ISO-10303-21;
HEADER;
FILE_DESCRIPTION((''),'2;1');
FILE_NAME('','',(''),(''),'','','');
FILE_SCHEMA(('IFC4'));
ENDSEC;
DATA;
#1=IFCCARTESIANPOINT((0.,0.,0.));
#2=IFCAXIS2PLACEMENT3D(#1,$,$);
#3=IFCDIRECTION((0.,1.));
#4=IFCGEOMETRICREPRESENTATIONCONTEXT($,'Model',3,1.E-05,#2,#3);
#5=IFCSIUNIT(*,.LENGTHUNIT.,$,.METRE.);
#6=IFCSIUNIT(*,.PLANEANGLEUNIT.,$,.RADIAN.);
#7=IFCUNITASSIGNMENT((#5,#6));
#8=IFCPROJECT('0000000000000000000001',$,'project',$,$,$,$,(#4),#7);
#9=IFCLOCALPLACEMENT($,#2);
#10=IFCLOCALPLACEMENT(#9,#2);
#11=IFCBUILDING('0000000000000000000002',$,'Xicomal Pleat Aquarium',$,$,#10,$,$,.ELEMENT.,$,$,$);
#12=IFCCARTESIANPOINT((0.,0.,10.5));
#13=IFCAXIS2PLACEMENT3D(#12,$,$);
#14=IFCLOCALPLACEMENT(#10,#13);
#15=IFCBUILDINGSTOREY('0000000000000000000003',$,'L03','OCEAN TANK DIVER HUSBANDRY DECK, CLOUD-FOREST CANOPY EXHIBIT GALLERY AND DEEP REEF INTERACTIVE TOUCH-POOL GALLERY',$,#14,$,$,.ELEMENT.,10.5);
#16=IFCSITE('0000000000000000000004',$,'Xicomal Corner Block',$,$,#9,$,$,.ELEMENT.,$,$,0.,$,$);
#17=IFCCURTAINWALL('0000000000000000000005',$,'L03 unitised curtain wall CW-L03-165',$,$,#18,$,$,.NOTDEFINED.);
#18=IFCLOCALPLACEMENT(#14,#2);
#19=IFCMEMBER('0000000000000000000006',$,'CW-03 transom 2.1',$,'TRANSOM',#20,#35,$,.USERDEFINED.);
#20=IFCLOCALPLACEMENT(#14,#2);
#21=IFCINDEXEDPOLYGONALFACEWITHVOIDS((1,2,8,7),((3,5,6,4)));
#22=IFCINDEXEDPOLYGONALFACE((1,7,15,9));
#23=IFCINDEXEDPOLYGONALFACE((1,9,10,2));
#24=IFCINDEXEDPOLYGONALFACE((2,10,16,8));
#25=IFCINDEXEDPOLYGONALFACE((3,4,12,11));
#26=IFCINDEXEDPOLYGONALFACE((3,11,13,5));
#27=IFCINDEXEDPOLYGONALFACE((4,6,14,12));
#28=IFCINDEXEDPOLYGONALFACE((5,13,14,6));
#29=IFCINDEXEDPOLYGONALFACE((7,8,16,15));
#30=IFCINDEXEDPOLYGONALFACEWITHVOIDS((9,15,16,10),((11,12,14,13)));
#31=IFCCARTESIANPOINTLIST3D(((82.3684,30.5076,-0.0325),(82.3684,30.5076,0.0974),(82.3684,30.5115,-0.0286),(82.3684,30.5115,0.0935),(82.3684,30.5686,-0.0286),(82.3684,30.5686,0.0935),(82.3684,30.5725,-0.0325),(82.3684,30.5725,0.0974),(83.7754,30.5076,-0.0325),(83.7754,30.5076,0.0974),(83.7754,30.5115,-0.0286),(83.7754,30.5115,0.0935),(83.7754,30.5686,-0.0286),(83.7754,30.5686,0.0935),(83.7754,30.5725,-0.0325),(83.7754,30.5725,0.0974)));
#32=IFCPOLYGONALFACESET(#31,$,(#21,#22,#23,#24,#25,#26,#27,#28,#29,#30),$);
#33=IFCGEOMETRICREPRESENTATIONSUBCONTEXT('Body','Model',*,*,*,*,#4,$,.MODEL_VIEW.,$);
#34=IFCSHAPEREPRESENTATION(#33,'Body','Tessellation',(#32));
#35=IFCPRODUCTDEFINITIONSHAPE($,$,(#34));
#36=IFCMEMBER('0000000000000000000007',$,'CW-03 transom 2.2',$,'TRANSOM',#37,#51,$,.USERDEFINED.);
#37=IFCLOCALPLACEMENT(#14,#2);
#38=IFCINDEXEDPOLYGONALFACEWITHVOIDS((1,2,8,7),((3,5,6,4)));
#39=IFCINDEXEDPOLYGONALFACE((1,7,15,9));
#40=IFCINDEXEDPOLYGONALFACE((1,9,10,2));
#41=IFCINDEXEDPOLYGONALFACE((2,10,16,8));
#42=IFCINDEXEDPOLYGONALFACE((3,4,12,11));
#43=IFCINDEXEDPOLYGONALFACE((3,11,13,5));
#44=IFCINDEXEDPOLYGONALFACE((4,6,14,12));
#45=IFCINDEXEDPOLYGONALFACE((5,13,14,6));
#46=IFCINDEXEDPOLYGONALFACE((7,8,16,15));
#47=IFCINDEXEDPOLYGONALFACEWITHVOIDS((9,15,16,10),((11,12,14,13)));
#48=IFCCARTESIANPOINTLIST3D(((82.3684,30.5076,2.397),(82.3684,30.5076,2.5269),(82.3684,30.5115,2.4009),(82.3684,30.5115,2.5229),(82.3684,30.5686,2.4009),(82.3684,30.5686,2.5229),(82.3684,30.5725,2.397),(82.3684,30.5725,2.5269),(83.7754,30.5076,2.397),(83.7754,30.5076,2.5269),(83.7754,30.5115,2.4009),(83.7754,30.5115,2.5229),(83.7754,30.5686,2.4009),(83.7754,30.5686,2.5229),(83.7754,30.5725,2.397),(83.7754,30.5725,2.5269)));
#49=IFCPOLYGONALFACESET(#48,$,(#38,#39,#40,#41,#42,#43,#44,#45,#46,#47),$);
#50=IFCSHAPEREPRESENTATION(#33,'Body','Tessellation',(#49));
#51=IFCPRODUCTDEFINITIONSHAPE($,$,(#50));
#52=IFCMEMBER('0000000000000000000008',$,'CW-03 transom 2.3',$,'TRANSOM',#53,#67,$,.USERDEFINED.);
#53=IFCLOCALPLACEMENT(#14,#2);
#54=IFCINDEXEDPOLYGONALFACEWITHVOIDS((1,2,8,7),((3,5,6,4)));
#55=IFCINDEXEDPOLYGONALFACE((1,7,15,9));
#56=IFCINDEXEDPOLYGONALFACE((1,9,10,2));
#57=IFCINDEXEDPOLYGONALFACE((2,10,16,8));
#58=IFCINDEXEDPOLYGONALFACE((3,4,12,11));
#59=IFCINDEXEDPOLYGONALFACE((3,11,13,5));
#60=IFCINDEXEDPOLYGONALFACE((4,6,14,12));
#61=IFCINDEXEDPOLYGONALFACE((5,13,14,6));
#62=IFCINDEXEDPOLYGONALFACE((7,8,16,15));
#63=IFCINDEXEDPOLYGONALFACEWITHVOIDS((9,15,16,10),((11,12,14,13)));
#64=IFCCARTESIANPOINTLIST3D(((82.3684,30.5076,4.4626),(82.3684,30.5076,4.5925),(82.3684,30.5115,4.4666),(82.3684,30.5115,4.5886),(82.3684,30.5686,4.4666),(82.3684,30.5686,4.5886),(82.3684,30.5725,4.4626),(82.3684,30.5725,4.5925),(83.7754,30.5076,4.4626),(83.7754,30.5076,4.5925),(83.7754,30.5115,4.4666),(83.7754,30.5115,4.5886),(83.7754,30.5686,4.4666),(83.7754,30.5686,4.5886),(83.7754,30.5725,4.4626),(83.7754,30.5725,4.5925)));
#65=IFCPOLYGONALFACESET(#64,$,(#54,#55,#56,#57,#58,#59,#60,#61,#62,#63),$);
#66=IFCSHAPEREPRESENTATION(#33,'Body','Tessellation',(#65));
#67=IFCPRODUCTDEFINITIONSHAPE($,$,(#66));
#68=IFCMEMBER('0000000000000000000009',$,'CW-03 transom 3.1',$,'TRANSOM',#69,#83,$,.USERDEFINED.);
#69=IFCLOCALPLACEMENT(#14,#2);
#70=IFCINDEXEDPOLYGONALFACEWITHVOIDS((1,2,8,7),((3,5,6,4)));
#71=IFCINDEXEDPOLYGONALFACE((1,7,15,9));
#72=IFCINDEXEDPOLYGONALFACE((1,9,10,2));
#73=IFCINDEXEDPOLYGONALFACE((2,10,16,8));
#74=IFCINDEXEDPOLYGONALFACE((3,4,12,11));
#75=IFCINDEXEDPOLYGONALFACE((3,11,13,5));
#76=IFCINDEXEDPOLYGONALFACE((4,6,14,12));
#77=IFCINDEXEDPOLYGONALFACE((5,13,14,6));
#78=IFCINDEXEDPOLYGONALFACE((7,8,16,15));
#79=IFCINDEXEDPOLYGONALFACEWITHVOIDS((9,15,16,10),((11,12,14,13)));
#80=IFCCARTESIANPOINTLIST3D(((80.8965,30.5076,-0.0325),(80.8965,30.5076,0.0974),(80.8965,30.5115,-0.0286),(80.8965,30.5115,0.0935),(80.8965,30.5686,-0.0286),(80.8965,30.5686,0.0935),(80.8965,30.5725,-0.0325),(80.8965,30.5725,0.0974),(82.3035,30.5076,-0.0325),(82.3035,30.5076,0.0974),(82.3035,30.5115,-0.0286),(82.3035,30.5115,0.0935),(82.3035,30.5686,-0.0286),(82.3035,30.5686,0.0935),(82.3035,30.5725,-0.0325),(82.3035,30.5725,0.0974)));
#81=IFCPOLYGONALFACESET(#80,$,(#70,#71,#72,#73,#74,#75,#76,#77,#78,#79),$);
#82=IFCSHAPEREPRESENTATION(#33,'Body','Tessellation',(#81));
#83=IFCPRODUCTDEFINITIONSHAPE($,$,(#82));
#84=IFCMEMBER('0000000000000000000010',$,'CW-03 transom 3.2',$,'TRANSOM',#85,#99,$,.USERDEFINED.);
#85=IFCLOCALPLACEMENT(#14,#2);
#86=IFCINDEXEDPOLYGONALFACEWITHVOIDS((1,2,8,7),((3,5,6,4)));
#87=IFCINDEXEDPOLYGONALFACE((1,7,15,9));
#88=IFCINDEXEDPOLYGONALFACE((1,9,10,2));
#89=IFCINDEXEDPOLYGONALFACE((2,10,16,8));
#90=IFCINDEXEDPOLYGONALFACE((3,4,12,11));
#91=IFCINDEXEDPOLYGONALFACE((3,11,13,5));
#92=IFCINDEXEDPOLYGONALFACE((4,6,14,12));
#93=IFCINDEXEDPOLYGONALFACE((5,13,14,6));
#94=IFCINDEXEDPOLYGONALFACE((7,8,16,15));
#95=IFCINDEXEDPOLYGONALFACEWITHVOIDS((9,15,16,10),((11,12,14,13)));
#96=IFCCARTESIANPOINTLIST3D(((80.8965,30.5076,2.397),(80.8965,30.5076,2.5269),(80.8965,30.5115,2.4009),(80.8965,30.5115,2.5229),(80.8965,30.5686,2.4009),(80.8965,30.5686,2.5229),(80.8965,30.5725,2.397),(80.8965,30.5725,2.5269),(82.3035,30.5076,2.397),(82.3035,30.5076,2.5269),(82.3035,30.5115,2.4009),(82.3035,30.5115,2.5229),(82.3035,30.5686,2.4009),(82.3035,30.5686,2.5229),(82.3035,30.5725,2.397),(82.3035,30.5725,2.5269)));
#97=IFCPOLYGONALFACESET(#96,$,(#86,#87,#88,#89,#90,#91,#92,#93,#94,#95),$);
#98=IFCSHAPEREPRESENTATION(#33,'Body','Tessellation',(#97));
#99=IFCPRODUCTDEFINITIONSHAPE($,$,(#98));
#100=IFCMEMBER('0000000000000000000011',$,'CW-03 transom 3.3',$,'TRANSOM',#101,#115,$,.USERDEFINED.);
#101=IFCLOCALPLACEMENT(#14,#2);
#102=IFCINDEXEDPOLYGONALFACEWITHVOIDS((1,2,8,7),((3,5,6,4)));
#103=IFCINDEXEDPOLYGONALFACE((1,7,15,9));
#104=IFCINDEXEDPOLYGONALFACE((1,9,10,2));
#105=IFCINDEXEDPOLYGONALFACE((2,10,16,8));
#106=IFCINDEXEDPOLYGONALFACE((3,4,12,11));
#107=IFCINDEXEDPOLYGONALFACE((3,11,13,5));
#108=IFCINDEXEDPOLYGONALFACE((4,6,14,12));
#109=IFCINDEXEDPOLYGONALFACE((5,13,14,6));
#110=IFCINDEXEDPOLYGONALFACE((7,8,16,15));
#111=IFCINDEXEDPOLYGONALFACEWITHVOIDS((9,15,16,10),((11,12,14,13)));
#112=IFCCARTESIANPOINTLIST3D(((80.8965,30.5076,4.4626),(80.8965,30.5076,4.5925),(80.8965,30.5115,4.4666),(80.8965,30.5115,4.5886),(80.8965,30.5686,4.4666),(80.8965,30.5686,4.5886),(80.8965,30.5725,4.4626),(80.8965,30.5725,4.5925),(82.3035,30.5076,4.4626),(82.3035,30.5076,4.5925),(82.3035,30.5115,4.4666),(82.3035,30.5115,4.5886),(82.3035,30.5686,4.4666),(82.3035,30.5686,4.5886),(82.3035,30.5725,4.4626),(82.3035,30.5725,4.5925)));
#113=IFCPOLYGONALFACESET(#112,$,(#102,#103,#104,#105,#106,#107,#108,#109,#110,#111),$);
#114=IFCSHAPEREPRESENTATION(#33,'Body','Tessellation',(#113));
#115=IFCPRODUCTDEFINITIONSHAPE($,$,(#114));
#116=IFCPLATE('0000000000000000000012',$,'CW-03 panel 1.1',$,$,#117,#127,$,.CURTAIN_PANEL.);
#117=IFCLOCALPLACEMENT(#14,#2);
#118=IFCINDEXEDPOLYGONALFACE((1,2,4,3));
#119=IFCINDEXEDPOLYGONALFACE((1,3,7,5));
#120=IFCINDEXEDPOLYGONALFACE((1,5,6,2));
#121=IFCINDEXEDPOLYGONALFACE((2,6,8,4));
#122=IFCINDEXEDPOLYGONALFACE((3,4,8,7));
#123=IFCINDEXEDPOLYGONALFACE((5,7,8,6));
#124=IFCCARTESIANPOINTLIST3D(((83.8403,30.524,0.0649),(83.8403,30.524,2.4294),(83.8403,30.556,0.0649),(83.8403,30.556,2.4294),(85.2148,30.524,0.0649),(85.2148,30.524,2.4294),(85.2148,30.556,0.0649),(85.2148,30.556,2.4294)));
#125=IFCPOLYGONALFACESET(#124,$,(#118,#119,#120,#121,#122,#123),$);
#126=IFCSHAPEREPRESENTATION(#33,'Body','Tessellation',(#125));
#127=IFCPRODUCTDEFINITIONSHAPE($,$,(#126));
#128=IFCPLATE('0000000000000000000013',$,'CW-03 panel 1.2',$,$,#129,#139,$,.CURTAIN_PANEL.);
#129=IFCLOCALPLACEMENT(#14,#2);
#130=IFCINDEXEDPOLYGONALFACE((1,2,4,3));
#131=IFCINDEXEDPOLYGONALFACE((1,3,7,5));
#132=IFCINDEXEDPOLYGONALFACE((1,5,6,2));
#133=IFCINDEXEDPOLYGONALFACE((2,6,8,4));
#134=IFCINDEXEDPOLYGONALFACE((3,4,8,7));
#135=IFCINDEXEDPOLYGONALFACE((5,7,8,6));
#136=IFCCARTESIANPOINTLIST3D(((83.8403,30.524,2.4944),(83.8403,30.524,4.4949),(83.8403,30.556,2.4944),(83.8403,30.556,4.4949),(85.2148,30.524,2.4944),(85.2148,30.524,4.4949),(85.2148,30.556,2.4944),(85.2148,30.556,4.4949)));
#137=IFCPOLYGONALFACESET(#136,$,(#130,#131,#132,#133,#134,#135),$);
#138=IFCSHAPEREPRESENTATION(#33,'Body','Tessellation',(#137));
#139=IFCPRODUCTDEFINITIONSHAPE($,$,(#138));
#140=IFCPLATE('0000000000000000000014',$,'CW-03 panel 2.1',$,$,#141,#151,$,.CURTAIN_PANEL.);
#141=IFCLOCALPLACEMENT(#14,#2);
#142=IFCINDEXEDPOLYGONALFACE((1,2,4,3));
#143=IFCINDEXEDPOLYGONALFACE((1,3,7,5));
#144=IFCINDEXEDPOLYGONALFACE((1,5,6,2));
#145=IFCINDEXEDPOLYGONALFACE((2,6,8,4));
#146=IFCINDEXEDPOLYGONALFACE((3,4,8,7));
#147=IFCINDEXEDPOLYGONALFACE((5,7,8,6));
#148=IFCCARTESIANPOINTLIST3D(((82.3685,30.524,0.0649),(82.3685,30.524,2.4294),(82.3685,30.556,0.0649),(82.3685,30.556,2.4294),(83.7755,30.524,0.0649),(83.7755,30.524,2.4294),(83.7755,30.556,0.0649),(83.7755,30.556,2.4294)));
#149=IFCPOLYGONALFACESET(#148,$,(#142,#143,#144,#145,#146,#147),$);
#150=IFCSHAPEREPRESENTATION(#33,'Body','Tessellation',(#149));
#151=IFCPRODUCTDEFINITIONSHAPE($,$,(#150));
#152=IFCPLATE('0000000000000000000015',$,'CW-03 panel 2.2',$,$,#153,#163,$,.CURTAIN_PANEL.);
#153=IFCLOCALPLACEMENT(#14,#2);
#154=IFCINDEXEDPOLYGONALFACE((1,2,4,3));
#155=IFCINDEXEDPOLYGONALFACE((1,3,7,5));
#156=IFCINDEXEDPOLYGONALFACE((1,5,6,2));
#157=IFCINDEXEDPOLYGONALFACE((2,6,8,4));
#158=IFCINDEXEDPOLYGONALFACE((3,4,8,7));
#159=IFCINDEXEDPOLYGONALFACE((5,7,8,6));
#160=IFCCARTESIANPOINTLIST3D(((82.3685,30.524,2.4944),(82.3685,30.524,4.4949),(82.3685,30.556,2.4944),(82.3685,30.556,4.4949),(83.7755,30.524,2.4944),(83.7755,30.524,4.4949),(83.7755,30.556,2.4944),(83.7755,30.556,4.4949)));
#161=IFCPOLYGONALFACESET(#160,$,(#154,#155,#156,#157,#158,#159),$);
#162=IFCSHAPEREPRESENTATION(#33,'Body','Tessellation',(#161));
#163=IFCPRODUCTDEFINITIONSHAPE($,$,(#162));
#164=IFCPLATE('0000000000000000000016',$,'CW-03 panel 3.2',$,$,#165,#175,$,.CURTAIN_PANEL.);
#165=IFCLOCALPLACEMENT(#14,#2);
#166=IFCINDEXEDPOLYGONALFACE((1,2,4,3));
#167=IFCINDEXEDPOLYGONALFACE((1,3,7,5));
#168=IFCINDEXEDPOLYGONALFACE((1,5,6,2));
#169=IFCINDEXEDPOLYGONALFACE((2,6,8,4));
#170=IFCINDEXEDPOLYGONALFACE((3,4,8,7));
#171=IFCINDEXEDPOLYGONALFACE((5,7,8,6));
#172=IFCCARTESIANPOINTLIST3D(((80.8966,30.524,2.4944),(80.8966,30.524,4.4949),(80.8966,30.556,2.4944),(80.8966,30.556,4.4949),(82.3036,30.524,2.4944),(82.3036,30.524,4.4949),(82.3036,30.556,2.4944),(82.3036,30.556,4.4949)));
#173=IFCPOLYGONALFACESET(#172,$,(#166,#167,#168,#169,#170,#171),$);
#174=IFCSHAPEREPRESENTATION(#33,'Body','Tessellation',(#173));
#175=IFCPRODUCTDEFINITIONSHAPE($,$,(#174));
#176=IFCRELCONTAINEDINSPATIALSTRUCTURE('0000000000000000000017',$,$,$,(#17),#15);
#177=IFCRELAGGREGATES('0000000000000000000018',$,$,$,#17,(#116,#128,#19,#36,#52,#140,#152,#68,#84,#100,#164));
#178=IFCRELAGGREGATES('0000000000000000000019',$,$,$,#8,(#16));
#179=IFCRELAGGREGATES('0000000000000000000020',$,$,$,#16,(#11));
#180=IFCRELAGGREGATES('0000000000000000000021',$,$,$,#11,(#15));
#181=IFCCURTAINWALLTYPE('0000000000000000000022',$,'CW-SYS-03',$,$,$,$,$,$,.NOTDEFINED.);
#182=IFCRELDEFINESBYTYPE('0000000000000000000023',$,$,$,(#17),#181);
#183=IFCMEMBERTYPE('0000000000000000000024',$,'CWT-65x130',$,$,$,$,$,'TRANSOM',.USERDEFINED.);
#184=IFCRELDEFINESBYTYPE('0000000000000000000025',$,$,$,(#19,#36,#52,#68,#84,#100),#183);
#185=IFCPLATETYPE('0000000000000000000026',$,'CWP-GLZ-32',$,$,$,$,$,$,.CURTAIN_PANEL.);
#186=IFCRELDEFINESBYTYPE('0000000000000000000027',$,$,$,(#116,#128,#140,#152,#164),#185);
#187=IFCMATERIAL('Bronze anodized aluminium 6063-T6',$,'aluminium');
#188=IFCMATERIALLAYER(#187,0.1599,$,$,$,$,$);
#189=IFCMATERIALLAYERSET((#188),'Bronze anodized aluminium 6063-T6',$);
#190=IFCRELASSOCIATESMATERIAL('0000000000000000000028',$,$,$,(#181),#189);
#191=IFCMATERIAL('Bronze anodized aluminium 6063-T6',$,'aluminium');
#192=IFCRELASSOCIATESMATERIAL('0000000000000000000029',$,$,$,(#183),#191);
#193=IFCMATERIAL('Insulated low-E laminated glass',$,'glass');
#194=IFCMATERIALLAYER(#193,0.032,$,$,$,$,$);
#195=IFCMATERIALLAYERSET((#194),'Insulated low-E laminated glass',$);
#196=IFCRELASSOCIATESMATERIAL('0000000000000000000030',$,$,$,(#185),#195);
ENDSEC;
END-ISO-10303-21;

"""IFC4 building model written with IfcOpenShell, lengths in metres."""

from ifc_helpers import new_model, si_unit, direction, frame, origin, origin_2d, place, context, subcontext, project, spatial, rectangle, hollow_rectangle, extrude, material, layer, layer_set, material_profile, profile_set, type_object, element, aggregate, save


model = new_model("IFC4")

# Units and contexts
model_context = context("Model", 3, precision=1e-05, world=origin(), true_north=direction((0.0, 1.0)))
body_context = subcontext(model_context, "Body", "Model", "MODEL_VIEW")
ifc_project = project(units=[si_unit("LENGTHUNIT", "METRE"), si_unit("PLANEANGLEUNIT", "RADIAN")], contexts=[model_context])

# Site, building, storey
site_placement = place(None, origin())
site = spatial("IfcSite", under=ifc_project, at=site_placement, Name="Xicomal Corner Block", CompositionType="ELEMENT", RefElevation=0.0)
building_placement = place(site_placement, origin())
building = spatial("IfcBuilding", under=site, at=building_placement, Name="Xicomal Pleat Aquarium", CompositionType="ELEMENT")
storey_placement = place(building_placement, frame((0.0, 0.0, 10.5)))
storey = spatial("IfcBuildingStorey", under=building, at=storey_placement, Name="L03", Description="OCEAN TANK DIVER HUSBANDRY DECK, CLOUD-FOREST CANOPY EXHIBIT GALLERY AND DEEP REEF INTERACTIVE TOUCH-POOL GALLERY", CompositionType="ELEMENT", Elevation=10.5)

# Curtain wall
ifc_material_1 = material(Name="Bronze anodized aluminium 6063-T6", Category="aluminium")
ifc_layer_1 = layer(ifc_material_1, 0.1599)
ifc_layer_set_1 = layer_set([ifc_layer_1], Name="Bronze anodized aluminium 6063-T6")
curtain_wall_type = type_object("IfcCurtainWallType", Name="CW-SYS-03", PredefinedType="NOTDEFINED", material=ifc_layer_set_1)
curtain_wall_1_placement = place(storey_placement, origin())
curtain_wall_1 = element("IfcCurtainWall", 1, at=curtain_wall_1_placement, inside=storey, type_object=curtain_wall_type, Name="L03 unitised curtain wall CW-L03-165", PredefinedType="NOTDEFINED")

# Members
ifc_material_2 = material(Name="Bronze anodized aluminium 6063-T6", Category="aluminium")
ifc_material_profile_1 = material_profile(ifc_material_2, hollow_rectangle(XDim=0.0649, YDim=0.1299, WallThickness=0.0039, at=origin_2d()), Name="ALU TRAN 65x130")
ifc_profile_set_1 = profile_set([ifc_material_profile_1], Name="Bronze anodized aluminium 6063-T6")
member_type_1 = type_object("IfcMemberType", Name="CWT-65x130", ElementType="TRANSOM", PredefinedType="USERDEFINED", material=ifc_profile_set_1)
member_1_placement = place(storey_placement, frame((83.7754, 30.54, 0.0325), z_axis=(-1.0, 0.0, 0.0), x_axis=(0.0, -1.0, 0.0)))
member_1 = element("IfcMember", 2, at=member_1_placement, type_object=member_type_1, Name="CW-03 transom 2.1", ObjectType="TRANSOM", PredefinedType="USERDEFINED", context=body_context, shape_type="SweptSolid", body=[
    extrude(hollow_rectangle(XDim=0.0649, YDim=0.1299, WallThickness=0.0039, at=origin_2d()), origin(), (0.0, 0.0, 1.0), 1.407),
])
member_2_placement = place(storey_placement, frame((83.7754, 30.54, 2.4619), z_axis=(-1.0, 0.0, 0.0), x_axis=(0.0, -1.0, 0.0)))
member_2 = element("IfcMember", 3, at=member_2_placement, type_object=member_type_1, Name="CW-03 transom 2.2", ObjectType="TRANSOM", PredefinedType="USERDEFINED", context=body_context, shape_type="SweptSolid", body=[
    extrude(hollow_rectangle(XDim=0.0649, YDim=0.1299, WallThickness=0.0039, at=origin_2d()), origin(), (0.0, 0.0, 1.0), 1.407),
])
member_3_placement = place(storey_placement, frame((83.7754, 30.54, 4.5276), z_axis=(-1.0, 0.0, 0.0), x_axis=(0.0, -1.0, 0.0)))
member_3 = element("IfcMember", 4, at=member_3_placement, type_object=member_type_1, Name="CW-03 transom 2.3", ObjectType="TRANSOM", PredefinedType="USERDEFINED", context=body_context, shape_type="SweptSolid", body=[
    extrude(hollow_rectangle(XDim=0.0649, YDim=0.1299, WallThickness=0.0039, at=origin_2d()), origin(), (0.0, 0.0, 1.0), 1.407),
])
member_4_placement = place(storey_placement, frame((82.3035, 30.54, 0.0325), z_axis=(-1.0, 0.0, 0.0), x_axis=(0.0, -1.0, 0.0)))
member_4 = element("IfcMember", 5, at=member_4_placement, type_object=member_type_1, Name="CW-03 transom 3.1", ObjectType="TRANSOM", PredefinedType="USERDEFINED", context=body_context, shape_type="SweptSolid", body=[
    extrude(hollow_rectangle(XDim=0.0649, YDim=0.1299, WallThickness=0.0039, at=origin_2d()), origin(), (0.0, 0.0, 1.0), 1.407),
])
member_5_placement = place(storey_placement, frame((82.3035, 30.54, 2.4619), z_axis=(-1.0, 0.0, 0.0), x_axis=(0.0, -1.0, 0.0)))
member_5 = element("IfcMember", 6, at=member_5_placement, type_object=member_type_1, Name="CW-03 transom 3.2", ObjectType="TRANSOM", PredefinedType="USERDEFINED", context=body_context, shape_type="SweptSolid", body=[
    extrude(hollow_rectangle(XDim=0.0649, YDim=0.1299, WallThickness=0.0039, at=origin_2d()), origin(), (0.0, 0.0, 1.0), 1.407),
])
member_6_placement = place(storey_placement, frame((82.3035, 30.54, 4.5276), z_axis=(-1.0, 0.0, 0.0), x_axis=(0.0, -1.0, 0.0)))
member_6 = element("IfcMember", 7, at=member_6_placement, type_object=member_type_1, Name="CW-03 transom 3.3", ObjectType="TRANSOM", PredefinedType="USERDEFINED", context=body_context, shape_type="SweptSolid", body=[
    extrude(hollow_rectangle(XDim=0.0649, YDim=0.1299, WallThickness=0.0039, at=origin_2d()), origin(), (0.0, 0.0, 1.0), 1.407),
])

# Plates
ifc_material_3 = material(Name="Insulated low-E laminated glass", Category="glass")
ifc_layer_2 = layer(ifc_material_3, 0.032)
ifc_layer_set_2 = layer_set([ifc_layer_2], Name="Insulated low-E laminated glass")
plate_type = type_object("IfcPlateType", Name="CWP-GLZ-32", PredefinedType="CURTAIN_PANEL", material=ifc_layer_set_2)
plate_1_placement = place(storey_placement, frame((84.5276, 30.54, 0.0649), z_axis=(0.0, 0.0, 1.0), x_axis=(-1.0, 0.0, 0.0)))
plate_1 = element("IfcPlate", 8, at=plate_1_placement, type_object=plate_type, Name="CW-03 panel 1.1", PredefinedType="CURTAIN_PANEL", context=body_context, shape_type="SweptSolid", body=[
    extrude(rectangle(XDim=1.3745, YDim=0.032, at=origin_2d()), origin(), (0.0, 0.0, 1.0), 2.3645),
])
plate_2_placement = place(storey_placement, frame((84.5276, 30.54, 2.4944), z_axis=(0.0, 0.0, 1.0), x_axis=(-1.0, 0.0, 0.0)))
plate_2 = element("IfcPlate", 9, at=plate_2_placement, type_object=plate_type, Name="CW-03 panel 1.2", PredefinedType="CURTAIN_PANEL", context=body_context, shape_type="SweptSolid", body=[
    extrude(rectangle(XDim=1.3745, YDim=0.032, at=origin_2d()), origin(), (0.0, 0.0, 1.0), 2.0005),
])
plate_3_placement = place(storey_placement, frame((83.072, 30.54, 0.0649), z_axis=(0.0, 0.0, 1.0), x_axis=(-1.0, 0.0, 0.0)))
plate_3 = element("IfcPlate", 10, at=plate_3_placement, type_object=plate_type, Name="CW-03 panel 2.1", PredefinedType="CURTAIN_PANEL", context=body_context, shape_type="SweptSolid", body=[
    extrude(rectangle(XDim=1.407, YDim=0.032, at=origin_2d()), origin(), (0.0, 0.0, 1.0), 2.3645),
])
plate_4_placement = place(storey_placement, frame((83.072, 30.54, 2.4944), z_axis=(0.0, 0.0, 1.0), x_axis=(-1.0, 0.0, 0.0)))
plate_4 = element("IfcPlate", 11, at=plate_4_placement, type_object=plate_type, Name="CW-03 panel 2.2", PredefinedType="CURTAIN_PANEL", context=body_context, shape_type="SweptSolid", body=[
    extrude(rectangle(XDim=1.407, YDim=0.032, at=origin_2d()), origin(), (0.0, 0.0, 1.0), 2.0005),
])
plate_5_placement = place(storey_placement, frame((81.6001, 30.54, 2.4944), z_axis=(0.0, 0.0, 1.0), x_axis=(-1.0, 0.0, 0.0)))
plate_5 = element("IfcPlate", 12, at=plate_5_placement, type_object=plate_type, Name="CW-03 panel 3.2", PredefinedType="CURTAIN_PANEL", context=body_context, shape_type="SweptSolid", body=[
    extrude(rectangle(XDim=1.407, YDim=0.032, at=origin_2d()), origin(), (0.0, 0.0, 1.0), 2.0005),
])
aggregate(curtain_wall_1, [plate_1, plate_2, member_1, member_2, member_3, plate_3, plate_4, member_4, member_5, member_6, plate_5])

save(model, "model.ifc")
